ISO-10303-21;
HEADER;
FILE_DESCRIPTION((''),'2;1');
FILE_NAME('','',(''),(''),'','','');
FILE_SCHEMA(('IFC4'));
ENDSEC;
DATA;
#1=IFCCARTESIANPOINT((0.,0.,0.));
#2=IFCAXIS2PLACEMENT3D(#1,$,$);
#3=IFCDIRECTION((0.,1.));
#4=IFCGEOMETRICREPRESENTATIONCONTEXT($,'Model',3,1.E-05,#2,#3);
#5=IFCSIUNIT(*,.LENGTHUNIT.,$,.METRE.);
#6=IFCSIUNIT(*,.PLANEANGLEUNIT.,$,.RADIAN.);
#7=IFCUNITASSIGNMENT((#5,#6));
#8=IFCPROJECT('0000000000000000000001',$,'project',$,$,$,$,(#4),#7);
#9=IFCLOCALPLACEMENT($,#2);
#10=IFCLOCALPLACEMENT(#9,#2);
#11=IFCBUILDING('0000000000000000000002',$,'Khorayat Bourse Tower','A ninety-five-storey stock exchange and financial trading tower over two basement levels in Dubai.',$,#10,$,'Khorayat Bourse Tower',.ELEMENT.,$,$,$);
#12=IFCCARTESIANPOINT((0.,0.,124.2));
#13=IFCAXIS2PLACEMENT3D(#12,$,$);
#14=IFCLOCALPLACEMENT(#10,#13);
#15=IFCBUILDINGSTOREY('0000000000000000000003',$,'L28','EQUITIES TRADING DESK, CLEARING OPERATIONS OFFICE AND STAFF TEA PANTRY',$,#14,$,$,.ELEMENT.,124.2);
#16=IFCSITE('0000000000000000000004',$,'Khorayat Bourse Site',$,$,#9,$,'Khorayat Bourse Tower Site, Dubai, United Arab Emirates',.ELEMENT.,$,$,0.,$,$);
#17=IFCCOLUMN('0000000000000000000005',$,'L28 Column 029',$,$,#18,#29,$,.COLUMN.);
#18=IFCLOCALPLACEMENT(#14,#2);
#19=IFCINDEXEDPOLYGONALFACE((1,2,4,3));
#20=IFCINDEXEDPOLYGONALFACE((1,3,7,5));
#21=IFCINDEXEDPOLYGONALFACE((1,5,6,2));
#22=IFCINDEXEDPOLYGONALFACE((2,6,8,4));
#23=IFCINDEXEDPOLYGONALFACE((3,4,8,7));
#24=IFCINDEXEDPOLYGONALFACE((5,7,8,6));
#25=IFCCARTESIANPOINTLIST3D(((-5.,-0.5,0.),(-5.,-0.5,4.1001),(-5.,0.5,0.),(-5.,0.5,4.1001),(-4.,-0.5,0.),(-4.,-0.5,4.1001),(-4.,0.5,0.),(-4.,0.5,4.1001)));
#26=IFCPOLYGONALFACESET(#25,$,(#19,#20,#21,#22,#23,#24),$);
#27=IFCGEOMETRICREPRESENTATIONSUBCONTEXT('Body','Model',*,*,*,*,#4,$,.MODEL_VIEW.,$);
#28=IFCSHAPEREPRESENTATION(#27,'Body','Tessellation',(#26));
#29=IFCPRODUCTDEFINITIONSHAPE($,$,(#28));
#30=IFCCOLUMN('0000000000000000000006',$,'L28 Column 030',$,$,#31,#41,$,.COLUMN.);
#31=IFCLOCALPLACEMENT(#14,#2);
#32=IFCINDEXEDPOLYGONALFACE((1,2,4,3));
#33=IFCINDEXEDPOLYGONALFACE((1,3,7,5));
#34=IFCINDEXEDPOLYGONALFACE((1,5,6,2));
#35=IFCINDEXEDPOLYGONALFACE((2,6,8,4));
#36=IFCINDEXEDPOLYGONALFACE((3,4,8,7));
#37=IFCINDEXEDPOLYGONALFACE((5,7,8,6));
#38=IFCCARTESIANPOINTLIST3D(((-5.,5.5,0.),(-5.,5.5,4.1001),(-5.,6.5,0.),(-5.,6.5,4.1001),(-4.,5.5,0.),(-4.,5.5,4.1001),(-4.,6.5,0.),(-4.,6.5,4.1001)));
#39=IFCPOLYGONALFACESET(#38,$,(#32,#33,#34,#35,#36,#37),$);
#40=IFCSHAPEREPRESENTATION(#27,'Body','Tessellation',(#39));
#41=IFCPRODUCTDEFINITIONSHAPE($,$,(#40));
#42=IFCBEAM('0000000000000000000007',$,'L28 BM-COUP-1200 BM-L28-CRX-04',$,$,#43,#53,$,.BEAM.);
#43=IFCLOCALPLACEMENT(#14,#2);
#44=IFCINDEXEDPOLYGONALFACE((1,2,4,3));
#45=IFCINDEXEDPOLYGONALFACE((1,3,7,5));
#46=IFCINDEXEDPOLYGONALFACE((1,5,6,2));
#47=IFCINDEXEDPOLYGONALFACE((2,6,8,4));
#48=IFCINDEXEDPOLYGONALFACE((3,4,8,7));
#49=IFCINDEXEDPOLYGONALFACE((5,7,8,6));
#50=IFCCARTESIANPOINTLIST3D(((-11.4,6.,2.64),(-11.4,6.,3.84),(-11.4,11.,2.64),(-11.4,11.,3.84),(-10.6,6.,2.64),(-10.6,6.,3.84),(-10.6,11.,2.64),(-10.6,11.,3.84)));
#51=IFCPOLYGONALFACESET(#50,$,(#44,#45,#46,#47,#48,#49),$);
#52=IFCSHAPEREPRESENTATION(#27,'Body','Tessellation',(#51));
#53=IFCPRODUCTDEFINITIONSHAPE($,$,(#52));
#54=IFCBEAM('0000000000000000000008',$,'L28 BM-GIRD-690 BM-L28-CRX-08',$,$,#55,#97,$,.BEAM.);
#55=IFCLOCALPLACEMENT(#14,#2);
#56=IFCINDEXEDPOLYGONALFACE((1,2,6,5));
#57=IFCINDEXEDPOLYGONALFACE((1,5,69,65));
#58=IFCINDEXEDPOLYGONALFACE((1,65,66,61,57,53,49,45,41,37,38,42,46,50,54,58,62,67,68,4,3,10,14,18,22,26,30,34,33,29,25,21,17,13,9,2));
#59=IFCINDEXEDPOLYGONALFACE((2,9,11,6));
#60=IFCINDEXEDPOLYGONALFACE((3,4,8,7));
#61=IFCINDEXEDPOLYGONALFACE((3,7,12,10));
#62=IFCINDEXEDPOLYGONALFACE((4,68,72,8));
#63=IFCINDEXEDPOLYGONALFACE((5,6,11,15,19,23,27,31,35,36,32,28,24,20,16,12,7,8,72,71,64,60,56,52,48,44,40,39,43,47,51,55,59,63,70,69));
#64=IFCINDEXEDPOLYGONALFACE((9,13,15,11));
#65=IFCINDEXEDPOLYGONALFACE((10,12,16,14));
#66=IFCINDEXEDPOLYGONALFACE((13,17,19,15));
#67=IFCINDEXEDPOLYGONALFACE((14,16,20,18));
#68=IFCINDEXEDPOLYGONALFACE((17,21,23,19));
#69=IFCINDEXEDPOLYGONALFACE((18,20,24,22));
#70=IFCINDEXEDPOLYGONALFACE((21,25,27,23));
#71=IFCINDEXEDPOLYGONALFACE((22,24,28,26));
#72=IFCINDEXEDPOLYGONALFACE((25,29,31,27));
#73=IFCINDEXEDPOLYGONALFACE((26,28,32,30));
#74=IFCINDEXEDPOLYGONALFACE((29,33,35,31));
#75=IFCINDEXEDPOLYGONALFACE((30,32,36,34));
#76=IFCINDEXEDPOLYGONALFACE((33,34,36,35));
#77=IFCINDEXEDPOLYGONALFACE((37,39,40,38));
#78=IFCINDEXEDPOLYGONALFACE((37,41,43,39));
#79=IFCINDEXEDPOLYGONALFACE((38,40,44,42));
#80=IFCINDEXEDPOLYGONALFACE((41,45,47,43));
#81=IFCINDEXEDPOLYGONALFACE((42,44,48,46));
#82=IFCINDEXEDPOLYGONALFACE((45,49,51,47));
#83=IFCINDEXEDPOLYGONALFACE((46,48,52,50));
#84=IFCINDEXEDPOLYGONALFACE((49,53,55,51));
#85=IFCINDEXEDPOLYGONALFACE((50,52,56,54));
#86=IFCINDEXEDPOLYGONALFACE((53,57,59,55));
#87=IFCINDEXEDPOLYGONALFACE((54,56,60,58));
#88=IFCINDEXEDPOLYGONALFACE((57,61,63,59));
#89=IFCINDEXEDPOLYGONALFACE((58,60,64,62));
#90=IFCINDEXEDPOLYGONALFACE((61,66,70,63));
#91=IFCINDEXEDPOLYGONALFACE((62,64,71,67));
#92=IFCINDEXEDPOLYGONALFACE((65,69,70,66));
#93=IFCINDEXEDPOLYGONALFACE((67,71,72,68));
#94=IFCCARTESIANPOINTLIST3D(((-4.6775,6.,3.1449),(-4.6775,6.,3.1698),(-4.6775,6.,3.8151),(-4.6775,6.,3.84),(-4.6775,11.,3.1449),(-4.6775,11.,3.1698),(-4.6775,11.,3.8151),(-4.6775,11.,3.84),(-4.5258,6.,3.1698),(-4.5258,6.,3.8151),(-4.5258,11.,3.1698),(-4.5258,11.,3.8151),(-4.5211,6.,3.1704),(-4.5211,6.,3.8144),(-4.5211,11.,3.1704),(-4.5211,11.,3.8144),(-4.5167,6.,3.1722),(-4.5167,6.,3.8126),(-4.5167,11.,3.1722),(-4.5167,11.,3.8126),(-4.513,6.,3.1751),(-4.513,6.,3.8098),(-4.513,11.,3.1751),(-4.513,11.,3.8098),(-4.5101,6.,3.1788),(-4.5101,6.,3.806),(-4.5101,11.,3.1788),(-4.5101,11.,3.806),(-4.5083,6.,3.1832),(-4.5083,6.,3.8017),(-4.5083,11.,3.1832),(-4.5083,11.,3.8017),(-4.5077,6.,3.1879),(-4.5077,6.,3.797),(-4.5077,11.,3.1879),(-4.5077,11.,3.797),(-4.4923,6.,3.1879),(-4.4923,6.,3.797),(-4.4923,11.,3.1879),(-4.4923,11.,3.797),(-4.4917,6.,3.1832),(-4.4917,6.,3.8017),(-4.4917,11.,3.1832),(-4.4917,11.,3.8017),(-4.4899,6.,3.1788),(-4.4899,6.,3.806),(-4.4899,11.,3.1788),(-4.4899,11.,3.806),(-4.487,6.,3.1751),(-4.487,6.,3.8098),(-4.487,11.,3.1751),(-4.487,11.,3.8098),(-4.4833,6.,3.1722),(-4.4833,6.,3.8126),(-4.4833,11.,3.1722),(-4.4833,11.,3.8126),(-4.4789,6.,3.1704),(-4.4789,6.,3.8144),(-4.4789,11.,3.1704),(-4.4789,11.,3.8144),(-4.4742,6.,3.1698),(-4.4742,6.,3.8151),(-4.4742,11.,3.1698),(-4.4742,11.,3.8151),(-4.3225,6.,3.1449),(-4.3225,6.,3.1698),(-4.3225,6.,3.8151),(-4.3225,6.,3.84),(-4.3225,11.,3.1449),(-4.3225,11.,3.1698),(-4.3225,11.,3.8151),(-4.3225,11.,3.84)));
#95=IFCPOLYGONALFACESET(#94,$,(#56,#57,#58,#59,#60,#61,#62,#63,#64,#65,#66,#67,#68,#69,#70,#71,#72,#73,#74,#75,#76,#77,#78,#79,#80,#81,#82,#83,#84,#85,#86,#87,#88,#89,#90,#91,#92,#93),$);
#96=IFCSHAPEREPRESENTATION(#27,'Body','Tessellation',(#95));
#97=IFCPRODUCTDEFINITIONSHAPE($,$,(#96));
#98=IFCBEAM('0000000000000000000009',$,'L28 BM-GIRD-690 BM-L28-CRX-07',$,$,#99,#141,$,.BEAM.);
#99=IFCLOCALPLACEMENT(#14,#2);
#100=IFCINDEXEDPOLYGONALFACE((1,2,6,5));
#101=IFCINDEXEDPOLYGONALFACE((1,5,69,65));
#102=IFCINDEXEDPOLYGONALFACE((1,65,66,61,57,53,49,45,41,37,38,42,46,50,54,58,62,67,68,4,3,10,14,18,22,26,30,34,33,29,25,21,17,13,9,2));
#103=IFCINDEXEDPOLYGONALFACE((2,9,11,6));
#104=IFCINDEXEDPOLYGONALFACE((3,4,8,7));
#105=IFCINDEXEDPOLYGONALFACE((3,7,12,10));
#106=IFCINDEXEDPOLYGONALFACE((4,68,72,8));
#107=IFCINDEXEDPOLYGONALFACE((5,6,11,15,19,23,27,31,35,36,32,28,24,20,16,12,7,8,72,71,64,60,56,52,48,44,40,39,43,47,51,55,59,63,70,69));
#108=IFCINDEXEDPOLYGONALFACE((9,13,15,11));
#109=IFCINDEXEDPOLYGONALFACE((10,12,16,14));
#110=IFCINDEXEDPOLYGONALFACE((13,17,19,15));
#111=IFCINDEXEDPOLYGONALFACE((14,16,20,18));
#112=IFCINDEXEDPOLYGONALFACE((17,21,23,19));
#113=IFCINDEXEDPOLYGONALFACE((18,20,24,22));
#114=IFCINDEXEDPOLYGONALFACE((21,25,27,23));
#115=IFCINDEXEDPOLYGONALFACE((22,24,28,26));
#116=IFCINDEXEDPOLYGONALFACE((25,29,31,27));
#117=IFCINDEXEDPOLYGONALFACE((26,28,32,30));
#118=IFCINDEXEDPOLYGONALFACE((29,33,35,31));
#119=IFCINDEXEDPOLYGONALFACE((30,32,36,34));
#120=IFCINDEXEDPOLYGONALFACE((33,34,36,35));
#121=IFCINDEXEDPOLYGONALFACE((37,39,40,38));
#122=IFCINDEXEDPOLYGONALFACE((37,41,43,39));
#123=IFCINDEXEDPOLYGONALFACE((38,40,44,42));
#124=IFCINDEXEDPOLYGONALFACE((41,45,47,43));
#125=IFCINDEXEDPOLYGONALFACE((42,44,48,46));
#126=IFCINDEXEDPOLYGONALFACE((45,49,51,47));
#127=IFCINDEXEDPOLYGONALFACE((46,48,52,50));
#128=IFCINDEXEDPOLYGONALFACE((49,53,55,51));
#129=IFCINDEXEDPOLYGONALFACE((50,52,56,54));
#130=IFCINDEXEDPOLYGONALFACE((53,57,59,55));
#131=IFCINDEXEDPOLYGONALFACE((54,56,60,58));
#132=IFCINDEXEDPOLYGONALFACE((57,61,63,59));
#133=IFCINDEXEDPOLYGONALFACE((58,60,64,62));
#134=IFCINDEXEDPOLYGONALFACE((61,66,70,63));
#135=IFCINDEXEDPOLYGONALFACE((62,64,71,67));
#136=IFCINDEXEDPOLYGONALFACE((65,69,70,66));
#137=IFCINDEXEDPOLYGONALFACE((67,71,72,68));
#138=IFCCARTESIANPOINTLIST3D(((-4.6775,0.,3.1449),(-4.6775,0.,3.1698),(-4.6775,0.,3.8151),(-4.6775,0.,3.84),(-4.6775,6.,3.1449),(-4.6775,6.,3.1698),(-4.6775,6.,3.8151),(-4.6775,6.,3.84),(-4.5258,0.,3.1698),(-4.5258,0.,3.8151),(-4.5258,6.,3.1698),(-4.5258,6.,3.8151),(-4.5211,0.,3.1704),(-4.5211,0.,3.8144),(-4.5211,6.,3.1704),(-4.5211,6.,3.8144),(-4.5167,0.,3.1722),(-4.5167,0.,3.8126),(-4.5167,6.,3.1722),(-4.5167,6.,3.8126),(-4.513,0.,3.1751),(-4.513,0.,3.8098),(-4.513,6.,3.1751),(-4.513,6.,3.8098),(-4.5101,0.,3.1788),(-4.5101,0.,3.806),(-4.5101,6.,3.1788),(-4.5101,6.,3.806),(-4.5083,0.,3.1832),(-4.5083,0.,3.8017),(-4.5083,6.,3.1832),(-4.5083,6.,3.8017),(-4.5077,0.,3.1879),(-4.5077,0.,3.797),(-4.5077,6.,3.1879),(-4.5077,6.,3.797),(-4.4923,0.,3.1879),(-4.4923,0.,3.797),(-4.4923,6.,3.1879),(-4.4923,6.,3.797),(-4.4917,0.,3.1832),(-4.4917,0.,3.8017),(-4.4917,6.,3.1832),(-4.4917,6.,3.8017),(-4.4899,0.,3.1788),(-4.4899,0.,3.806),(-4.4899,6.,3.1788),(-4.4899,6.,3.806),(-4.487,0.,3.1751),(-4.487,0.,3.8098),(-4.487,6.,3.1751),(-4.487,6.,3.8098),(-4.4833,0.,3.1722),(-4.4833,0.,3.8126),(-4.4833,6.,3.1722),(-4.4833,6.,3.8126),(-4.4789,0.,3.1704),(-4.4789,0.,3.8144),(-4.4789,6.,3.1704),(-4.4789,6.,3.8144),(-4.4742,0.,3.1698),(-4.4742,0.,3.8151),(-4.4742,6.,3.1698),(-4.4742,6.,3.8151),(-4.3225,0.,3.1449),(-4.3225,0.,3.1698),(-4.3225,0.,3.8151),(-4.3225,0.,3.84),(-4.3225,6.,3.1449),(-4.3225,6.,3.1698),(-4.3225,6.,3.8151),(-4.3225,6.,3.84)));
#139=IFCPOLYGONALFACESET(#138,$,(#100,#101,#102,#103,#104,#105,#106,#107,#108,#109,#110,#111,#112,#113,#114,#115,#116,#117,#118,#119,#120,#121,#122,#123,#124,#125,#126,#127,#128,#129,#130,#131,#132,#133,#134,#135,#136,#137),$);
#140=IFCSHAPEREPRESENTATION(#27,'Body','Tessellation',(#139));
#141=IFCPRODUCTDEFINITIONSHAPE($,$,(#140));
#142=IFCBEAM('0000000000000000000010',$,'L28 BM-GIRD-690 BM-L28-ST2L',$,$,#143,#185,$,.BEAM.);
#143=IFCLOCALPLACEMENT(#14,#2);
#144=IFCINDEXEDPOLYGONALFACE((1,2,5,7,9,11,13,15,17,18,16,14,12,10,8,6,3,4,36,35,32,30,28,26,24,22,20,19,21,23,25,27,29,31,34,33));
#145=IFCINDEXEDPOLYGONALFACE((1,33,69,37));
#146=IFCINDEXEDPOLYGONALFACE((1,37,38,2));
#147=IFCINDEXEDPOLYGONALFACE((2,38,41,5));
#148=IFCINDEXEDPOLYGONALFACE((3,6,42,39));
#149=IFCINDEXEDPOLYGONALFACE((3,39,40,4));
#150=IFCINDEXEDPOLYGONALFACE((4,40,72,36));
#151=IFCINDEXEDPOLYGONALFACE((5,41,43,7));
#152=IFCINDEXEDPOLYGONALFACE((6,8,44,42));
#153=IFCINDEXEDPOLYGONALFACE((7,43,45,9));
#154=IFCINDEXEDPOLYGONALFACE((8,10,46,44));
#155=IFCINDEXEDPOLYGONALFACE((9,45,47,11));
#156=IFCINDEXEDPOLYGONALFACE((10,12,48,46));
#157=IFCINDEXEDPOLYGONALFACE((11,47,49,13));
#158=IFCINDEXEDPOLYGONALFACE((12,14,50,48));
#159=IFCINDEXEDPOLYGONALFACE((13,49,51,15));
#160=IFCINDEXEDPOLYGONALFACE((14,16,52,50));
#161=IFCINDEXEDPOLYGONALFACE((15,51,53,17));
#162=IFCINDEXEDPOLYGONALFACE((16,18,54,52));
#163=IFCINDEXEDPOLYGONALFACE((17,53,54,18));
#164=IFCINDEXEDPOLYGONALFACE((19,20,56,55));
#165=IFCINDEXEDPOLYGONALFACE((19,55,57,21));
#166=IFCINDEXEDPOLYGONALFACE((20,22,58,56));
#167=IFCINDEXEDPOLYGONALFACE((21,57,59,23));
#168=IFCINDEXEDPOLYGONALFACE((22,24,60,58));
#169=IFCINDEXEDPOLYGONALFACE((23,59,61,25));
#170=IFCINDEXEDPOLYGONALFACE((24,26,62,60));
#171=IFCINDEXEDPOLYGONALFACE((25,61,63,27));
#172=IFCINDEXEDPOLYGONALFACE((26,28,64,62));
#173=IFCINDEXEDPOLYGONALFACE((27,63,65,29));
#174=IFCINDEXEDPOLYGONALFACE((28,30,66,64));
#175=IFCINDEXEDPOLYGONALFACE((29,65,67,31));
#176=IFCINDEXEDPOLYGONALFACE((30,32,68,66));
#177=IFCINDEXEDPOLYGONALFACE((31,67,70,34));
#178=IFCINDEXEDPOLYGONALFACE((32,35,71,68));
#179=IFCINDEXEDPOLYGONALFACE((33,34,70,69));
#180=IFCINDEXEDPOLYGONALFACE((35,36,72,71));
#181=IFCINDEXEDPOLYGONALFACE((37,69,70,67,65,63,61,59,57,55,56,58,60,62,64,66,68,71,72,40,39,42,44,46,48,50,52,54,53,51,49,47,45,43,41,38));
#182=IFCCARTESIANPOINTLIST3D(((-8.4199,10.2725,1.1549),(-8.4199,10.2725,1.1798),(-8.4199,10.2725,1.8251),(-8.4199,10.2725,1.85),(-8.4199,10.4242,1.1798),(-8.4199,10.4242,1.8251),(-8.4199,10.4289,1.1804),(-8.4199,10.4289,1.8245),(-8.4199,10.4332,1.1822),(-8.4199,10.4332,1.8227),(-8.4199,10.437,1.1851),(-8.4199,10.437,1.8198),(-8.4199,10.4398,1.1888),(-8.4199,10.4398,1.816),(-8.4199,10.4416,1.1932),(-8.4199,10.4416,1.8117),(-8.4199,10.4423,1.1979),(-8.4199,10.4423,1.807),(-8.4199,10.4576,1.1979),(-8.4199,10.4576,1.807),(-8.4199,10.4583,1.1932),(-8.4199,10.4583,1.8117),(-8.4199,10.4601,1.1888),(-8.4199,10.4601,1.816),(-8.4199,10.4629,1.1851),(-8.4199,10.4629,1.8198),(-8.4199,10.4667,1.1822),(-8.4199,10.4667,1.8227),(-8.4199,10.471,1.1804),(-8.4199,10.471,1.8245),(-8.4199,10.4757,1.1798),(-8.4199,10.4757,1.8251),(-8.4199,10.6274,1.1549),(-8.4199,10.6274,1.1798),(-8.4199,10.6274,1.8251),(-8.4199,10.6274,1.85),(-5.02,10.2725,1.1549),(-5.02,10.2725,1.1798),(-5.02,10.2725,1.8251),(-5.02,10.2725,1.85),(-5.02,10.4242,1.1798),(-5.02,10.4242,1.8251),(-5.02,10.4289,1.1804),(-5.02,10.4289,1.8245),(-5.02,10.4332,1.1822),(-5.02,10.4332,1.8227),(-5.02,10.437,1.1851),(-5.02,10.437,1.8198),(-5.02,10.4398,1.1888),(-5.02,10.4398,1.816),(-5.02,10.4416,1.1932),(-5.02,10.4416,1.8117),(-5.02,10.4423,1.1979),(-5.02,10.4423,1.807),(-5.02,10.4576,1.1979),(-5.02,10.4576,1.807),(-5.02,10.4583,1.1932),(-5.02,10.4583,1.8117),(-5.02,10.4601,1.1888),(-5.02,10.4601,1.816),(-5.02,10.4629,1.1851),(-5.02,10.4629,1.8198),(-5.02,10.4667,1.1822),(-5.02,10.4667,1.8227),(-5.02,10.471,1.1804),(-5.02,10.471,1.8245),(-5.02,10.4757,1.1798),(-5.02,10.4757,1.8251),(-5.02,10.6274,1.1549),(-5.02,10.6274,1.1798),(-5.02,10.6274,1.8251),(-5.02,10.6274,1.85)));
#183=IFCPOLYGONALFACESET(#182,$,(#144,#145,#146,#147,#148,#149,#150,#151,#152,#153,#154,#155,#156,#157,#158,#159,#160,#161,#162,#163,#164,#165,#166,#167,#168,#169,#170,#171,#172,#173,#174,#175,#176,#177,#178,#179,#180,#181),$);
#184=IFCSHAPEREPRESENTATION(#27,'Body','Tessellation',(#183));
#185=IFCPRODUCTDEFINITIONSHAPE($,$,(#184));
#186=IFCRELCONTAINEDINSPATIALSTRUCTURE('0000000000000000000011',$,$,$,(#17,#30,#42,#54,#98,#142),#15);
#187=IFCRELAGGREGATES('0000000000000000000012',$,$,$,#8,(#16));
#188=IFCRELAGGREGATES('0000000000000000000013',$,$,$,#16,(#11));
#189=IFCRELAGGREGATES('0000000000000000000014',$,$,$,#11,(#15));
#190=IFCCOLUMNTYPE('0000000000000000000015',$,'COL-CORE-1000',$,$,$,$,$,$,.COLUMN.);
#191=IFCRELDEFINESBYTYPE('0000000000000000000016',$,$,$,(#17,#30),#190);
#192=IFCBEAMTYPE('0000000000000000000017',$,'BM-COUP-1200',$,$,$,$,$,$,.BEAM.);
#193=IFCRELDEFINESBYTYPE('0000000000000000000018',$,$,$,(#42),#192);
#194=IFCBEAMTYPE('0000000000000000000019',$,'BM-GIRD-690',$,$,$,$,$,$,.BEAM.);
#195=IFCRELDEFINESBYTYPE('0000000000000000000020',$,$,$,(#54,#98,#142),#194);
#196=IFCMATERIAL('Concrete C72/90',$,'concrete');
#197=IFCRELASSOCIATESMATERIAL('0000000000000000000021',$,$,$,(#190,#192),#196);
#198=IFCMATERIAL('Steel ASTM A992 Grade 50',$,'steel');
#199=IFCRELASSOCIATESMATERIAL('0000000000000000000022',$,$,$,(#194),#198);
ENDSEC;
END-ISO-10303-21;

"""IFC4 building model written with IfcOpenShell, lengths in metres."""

from ifc_helpers import new_model, si_unit, direction, frame, origin, origin_2d, place, context, subcontext, project, spatial, rectangle, i_section, extrude, source, transform, mapped, material, material_profile, profile_set, type_object, element, save


model = new_model("IFC4")

# Units and contexts
model_context = context("Model", 3, precision=1e-05, world=origin(), true_north=direction((0.0, 1.0)))
body_context = subcontext(model_context, "Body", "Model", "MODEL_VIEW")
ifc_project = project(units=[si_unit("LENGTHUNIT", "METRE"), si_unit("PLANEANGLEUNIT", "RADIAN")], contexts=[model_context])

# Site, building, storey
site_placement = place(None, origin())
site = spatial("IfcSite", under=ifc_project, at=site_placement, Name="Khorayat Bourse Site", LongName="Khorayat Bourse Tower Site, Dubai, United Arab Emirates", CompositionType="ELEMENT", RefElevation=0.0)
building_placement = place(site_placement, origin())
building = spatial("IfcBuilding", under=site, at=building_placement, Name="Khorayat Bourse Tower", Description="A ninety-five-storey stock exchange and financial trading tower over two basement levels in Dubai.", LongName="Khorayat Bourse Tower", CompositionType="ELEMENT")
storey_placement = place(building_placement, frame((0.0, 0.0, 124.2)))
storey = spatial("IfcBuildingStorey", under=building, at=storey_placement, Name="L28", Description="EQUITIES TRADING DESK, CLEARING OPERATIONS OFFICE AND STAFF TEA PANTRY", CompositionType="ELEMENT", Elevation=124.2)

# Columns
ifc_material_1 = material(Name="Concrete C72/90", Category="concrete")
ifc_material_profile_1 = material_profile(ifc_material_1, rectangle(XDim=1.0, YDim=1.0, at=origin_2d()), Name="RC 1000x1000")
ifc_profile_set_1 = profile_set([ifc_material_profile_1], Name="Concrete C72/90")
column_type = type_object("IfcColumnType", Name="COL-CORE-1000", PredefinedType="COLUMN", material=ifc_profile_set_1)
shared_shape_1 = source(origin(), body_context, "Body", "SweptSolid", [
    extrude(rectangle(XDim=1.0, YDim=1.0, at=origin_2d()), origin(), (0.0, 0.0, 1.0), 4.1001),
])
for number, where, z_axis, x_axis, name in (
    (1, (-4.5, 0.0, 0.0), (0.0, 0.0, 1.0), (1.0, 0.0, 0.0), "L28 Column 029"),
    (2, (-4.5, 6.0, 0.0), (0.0, 0.0, 1.0), (1.0, 0.0, 0.0), "L28 Column 030"),
):
    element("IfcColumn", number, at=place(storey_placement, frame(where, z_axis=z_axis, x_axis=x_axis)), inside=storey, type_object=column_type, Name=name, PredefinedType="COLUMN", context=body_context, shape_type="MappedRepresentation", body=[
        mapped(shared_shape_1, transform((0.0, 0.0, 0.0), scale=1.0)),
    ])

# Beams
ifc_material_profile_2 = material_profile(ifc_material_1, rectangle(XDim=0.8, YDim=1.2, at=origin_2d()), Name="RC 800x1200")
ifc_profile_set_2 = profile_set([ifc_material_profile_2], Name="Concrete C72/90")
beam_type_1 = type_object("IfcBeamType", Name="BM-COUP-1200", PredefinedType="BEAM", material=ifc_profile_set_2)
shared_shape_2 = source(origin(), body_context, "Body", "SweptSolid", [
    extrude(rectangle(XDim=0.8, YDim=1.2, at=origin_2d()), origin(), (0.0, 0.0, 1.0), 5.0),
])
beam_1_placement = place(storey_placement, frame((-11.0, 6.0, 3.24), z_axis=(0.0, 1.0, 0.0), x_axis=(-1.0, 0.0, 0.0)))
element("IfcBeam", 3, at=beam_1_placement, inside=storey, type_object=beam_type_1, Name="L28 BM-COUP-1200 BM-L28-CRX-04", PredefinedType="BEAM", context=body_context, shape_type="MappedRepresentation", body=[
    mapped(shared_shape_2, transform((0.0, 0.0, 0.0), scale=1.0)),
])
ifc_material_2 = material(Name="Steel ASTM A992 Grade 50", Category="steel")
ifc_material_profile_3 = material_profile(ifc_material_2, i_section(OverallWidth=0.355, OverallDepth=0.6951, WebThickness=0.0154, FlangeThickness=0.0249, FilletRadius=0.0181, at=origin_2d()), Name="W690X217")
ifc_profile_set_3 = profile_set([ifc_material_profile_3], Name="Steel ASTM A992 Grade 50")
beam_type_2 = type_object("IfcBeamType", Name="BM-GIRD-690", PredefinedType="BEAM", material=ifc_profile_set_3)
shared_shape_3 = source(origin(), body_context, "Body", "SweptSolid", [
    extrude(i_section(OverallWidth=0.355, OverallDepth=0.6951, WebThickness=0.0154, FlangeThickness=0.0249, FilletRadius=0.0181, at=origin_2d()), origin(), (0.0, 0.0, 1.0), 5.0),
])
beam_2_placement = place(storey_placement, frame((-4.5, 6.0, 3.4924), z_axis=(0.0, 1.0, 0.0), x_axis=(-1.0, 0.0, 0.0)))
element("IfcBeam", 4, at=beam_2_placement, inside=storey, type_object=beam_type_2, Name="L28 BM-GIRD-690 BM-L28-CRX-08", PredefinedType="BEAM", context=body_context, shape_type="MappedRepresentation", body=[
    mapped(shared_shape_3, transform((0.0, 0.0, 0.0), scale=1.0)),
])
shared_shape_4 = source(origin(), body_context, "Body", "SweptSolid", [
    extrude(i_section(OverallWidth=0.355, OverallDepth=0.6951, WebThickness=0.0154, FlangeThickness=0.0249, FilletRadius=0.0181, at=origin_2d()), origin(), (0.0, 0.0, 1.0), 6.0),
])
beam_3_placement = place(storey_placement, frame((-4.5, 0.0, 3.4924), z_axis=(0.0, 1.0, 0.0), x_axis=(-1.0, 0.0, 0.0)))
element("IfcBeam", 5, at=beam_3_placement, inside=storey, type_object=beam_type_2, Name="L28 BM-GIRD-690 BM-L28-CRX-07", PredefinedType="BEAM", context=body_context, shape_type="MappedRepresentation", body=[
    mapped(shared_shape_4, transform((0.0, 0.0, 0.0), scale=1.0)),
])
shared_shape_5 = source(origin(), body_context, "Body", "SweptSolid", [
    extrude(i_section(OverallWidth=0.355, OverallDepth=0.6951, WebThickness=0.0154, FlangeThickness=0.0249, FilletRadius=0.0181, at=origin_2d()), origin(), (0.0, 0.0, 1.0), 3.3999),
])
beam_4_placement = place(storey_placement, frame((-8.4199, 10.45, 1.5024), z_axis=(1.0, 0.0, 0.0), x_axis=(0.0, 1.0, 0.0)))
element("IfcBeam", 6, at=beam_4_placement, inside=storey, type_object=beam_type_2, Name="L28 BM-GIRD-690 BM-L28-ST2L", PredefinedType="BEAM", context=body_context, shape_type="MappedRepresentation", body=[
    mapped(shared_shape_5, transform((0.0, 0.0, 0.0), scale=1.0)),
])

save(model, "model.ifc")
